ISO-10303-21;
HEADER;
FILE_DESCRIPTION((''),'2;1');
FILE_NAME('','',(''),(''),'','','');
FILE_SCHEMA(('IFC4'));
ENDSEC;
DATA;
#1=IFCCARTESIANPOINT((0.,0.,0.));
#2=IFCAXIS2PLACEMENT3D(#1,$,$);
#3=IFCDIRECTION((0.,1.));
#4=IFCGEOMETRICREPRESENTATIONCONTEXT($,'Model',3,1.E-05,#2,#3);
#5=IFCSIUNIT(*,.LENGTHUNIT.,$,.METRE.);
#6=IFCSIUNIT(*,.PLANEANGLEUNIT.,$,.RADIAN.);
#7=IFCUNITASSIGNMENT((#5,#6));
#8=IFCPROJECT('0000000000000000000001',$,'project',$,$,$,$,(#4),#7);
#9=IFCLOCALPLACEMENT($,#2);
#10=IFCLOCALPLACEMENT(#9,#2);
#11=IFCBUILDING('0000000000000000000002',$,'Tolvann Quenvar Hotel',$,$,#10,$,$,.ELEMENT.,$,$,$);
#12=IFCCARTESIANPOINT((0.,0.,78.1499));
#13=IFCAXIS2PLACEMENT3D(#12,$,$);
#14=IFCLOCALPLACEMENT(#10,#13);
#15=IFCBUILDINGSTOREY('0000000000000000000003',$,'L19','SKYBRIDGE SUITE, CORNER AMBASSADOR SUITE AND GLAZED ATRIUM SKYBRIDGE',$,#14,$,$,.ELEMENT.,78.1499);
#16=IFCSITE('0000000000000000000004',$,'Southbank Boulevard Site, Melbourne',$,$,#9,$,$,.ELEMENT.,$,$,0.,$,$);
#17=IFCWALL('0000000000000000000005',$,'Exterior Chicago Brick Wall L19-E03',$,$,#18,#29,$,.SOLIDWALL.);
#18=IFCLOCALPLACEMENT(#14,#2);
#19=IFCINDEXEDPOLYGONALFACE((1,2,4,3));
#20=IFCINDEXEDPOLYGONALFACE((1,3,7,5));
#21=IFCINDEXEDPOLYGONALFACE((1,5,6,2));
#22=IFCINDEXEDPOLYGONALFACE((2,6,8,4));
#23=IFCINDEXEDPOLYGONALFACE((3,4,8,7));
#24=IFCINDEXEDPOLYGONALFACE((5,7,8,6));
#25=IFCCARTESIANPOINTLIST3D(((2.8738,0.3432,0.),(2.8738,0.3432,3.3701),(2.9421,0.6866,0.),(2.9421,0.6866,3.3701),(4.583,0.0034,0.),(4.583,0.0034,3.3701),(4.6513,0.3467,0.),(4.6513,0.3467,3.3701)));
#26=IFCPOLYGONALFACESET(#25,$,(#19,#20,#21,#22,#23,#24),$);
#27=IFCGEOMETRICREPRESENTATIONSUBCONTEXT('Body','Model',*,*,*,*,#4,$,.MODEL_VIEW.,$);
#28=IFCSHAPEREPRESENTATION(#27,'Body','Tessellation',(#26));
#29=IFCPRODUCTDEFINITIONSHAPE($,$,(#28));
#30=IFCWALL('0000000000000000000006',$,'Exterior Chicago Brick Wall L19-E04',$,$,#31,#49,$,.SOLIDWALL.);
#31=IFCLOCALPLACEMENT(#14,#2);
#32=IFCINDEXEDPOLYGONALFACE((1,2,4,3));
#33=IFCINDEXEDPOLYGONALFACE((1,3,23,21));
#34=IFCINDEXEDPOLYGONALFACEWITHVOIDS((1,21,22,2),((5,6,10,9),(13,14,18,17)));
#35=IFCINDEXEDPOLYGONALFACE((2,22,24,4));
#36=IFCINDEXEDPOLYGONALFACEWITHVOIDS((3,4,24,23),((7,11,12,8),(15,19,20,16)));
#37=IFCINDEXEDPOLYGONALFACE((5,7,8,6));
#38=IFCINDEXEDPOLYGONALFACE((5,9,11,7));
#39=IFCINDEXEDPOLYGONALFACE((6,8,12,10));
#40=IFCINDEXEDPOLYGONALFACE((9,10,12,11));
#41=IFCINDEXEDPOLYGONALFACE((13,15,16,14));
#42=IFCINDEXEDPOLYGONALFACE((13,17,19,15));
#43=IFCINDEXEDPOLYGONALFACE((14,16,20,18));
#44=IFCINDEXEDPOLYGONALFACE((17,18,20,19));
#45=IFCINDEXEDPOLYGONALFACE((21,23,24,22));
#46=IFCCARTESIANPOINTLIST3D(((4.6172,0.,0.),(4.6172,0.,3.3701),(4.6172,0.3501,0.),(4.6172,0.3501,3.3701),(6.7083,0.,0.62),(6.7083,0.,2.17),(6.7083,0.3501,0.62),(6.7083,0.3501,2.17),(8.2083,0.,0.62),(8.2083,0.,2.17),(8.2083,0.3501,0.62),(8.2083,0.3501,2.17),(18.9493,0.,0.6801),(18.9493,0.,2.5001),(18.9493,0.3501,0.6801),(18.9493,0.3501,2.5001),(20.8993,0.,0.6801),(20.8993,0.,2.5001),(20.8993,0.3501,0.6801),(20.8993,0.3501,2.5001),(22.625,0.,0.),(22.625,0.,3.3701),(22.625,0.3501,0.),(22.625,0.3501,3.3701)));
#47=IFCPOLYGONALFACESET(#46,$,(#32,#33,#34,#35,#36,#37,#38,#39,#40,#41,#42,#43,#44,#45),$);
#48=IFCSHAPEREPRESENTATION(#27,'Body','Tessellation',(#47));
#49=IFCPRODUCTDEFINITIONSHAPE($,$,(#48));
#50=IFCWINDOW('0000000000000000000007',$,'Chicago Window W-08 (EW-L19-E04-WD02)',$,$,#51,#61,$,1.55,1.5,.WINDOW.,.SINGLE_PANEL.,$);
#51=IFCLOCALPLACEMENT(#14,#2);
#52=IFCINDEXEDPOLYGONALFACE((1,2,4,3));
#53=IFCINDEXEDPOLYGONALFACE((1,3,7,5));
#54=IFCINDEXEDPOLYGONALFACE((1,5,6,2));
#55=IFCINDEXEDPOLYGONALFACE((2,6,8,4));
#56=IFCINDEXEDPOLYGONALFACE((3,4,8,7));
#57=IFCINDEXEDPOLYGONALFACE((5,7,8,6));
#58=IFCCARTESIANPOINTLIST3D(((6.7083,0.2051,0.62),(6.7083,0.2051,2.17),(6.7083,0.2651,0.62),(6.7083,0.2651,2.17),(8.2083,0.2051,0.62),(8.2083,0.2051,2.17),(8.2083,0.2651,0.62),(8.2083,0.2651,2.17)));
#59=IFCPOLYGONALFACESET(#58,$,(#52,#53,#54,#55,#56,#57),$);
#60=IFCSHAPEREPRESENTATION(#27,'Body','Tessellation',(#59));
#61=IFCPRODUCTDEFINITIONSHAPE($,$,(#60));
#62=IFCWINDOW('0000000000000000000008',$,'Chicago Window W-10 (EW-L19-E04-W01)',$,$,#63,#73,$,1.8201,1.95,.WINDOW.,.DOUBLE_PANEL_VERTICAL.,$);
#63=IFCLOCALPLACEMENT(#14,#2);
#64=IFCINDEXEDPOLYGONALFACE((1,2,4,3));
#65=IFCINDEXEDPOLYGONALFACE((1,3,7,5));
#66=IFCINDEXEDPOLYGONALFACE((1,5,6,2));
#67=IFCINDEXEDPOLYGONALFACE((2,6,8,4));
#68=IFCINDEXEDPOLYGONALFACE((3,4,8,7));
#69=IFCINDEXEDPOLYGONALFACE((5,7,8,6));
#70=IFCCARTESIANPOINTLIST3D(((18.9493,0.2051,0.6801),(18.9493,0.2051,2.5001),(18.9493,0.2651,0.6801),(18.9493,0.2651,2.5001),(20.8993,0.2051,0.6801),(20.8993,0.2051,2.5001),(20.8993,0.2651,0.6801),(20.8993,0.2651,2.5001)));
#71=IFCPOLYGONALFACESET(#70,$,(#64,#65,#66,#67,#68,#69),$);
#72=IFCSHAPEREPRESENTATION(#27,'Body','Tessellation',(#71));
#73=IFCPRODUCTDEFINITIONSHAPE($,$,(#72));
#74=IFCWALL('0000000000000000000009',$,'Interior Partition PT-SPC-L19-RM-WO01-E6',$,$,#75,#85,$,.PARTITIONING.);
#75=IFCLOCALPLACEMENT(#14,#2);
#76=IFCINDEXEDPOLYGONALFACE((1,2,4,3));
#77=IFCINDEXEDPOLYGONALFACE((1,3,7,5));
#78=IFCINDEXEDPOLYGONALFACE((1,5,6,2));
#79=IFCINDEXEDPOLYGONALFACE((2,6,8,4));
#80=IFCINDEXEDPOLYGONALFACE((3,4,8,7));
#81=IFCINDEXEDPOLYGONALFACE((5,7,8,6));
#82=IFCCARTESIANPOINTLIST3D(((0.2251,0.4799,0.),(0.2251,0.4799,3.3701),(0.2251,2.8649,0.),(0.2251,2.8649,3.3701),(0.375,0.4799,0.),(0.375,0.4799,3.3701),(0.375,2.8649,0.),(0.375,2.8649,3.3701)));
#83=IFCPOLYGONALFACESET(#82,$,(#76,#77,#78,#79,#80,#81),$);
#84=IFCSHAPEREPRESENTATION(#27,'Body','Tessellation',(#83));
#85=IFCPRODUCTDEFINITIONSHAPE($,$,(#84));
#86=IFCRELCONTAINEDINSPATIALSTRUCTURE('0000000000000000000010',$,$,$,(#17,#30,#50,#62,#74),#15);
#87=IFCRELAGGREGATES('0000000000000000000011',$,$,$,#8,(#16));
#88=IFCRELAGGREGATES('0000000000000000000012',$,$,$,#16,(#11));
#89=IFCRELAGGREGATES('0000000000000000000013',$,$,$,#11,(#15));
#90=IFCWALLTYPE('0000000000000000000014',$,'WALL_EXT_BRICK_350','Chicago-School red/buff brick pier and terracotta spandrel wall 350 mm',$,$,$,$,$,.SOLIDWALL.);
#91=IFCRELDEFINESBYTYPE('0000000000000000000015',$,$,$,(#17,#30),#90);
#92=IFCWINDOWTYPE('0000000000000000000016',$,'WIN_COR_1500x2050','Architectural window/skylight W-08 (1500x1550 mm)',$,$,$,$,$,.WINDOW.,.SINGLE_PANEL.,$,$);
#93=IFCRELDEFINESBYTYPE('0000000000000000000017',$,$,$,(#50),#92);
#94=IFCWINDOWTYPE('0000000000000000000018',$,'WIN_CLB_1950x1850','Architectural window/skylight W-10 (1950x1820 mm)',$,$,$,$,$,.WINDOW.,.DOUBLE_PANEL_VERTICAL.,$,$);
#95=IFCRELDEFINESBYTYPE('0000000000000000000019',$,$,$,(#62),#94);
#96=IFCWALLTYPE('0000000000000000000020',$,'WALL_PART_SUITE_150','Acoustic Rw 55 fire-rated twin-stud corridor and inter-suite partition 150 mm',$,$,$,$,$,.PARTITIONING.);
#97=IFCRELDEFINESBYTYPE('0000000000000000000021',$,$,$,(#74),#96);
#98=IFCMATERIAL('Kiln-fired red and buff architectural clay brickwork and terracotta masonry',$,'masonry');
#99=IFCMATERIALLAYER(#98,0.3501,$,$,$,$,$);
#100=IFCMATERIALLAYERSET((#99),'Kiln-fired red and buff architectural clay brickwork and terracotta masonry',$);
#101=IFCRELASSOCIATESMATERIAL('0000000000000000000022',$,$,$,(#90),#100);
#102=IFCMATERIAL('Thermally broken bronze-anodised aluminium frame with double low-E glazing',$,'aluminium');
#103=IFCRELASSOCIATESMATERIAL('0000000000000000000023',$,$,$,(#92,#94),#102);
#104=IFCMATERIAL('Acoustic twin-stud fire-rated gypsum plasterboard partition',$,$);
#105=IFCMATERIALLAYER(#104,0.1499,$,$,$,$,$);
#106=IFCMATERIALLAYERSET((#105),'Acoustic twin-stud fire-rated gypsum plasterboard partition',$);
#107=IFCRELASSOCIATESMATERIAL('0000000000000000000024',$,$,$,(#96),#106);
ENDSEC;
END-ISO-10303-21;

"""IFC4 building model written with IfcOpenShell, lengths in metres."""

from ifc_helpers import new_model, si_unit, direction, frame, frame_2d, origin, place, context, subcontext, project, spatial, rectangle, extrude, source, transform, mapped, material, layer, layer_set, type_object, type_shapes, element, fill, save


model = new_model("IFC4")

# Units and contexts
model_context = context("Model", 3, precision=1e-05, world=origin(), true_north=direction((0.0, 1.0)))
body_context = subcontext(model_context, "Body", "Model", "MODEL_VIEW")
ifc_project = project(units=[si_unit("LENGTHUNIT", "METRE"), si_unit("PLANEANGLEUNIT", "RADIAN")], contexts=[model_context])

# Site, building, storey
site_placement = place(None, origin())
site = spatial("IfcSite", under=ifc_project, at=site_placement, Name="Southbank Boulevard Site, Melbourne", CompositionType="ELEMENT", RefElevation=0.0)
building_placement = place(site_placement, origin())
building = spatial("IfcBuilding", under=site, at=building_placement, Name="Tolvann Quenvar Hotel", CompositionType="ELEMENT")
storey_placement = place(building_placement, frame((0.0, 0.0, 78.1499)))
storey = spatial("IfcBuildingStorey", under=building, at=storey_placement, Name="L19", Description="SKYBRIDGE SUITE, CORNER AMBASSADOR SUITE AND GLAZED ATRIUM SKYBRIDGE", CompositionType="ELEMENT", Elevation=78.1499)

# Wall
ifc_material_1 = material(Name="Kiln-fired red and buff architectural clay brickwork and terracotta masonry", Category="masonry")
ifc_layer_1 = layer(ifc_material_1, 0.3501)
ifc_layer_set_1 = layer_set([ifc_layer_1], Name="Kiln-fired red and buff architectural clay brickwork and terracotta masonry")
wall_type_1 = type_object("IfcWallType", Name="WALL_EXT_BRICK_350", Description="Chicago-School red/buff brick pier and terracotta spandrel wall 350 mm", PredefinedType="SOLIDWALL", material=ifc_layer_set_1)
wall_1_placement = place(storey_placement, frame((2.908, 0.5149, 0.0), z_axis=(0.0, 0.0, 1.0), x_axis=(0.980801, -0.195011, 0.0)))
element("IfcWall", 1, at=wall_1_placement, inside=storey, type_object=wall_type_1, Name="Exterior Chicago Brick Wall L19-E03", PredefinedType="SOLIDWALL", context=body_context, shape_type="SweptSolid", body=[
    extrude(rectangle(XDim=1.7427, YDim=0.3501, at=frame_2d((0.8713, 0.0))), origin(), (0.0, 0.0, 1.0), 3.3701),
])

# Wall, openings, windows
wall_2_placement = place(storey_placement, frame((4.6172, 0.175, 0.0), z_axis=(0.0, 0.0, 1.0), x_axis=(1.0, 0.0, 0.0)))
wall_2 = element("IfcWall", 2, at=wall_2_placement, inside=storey, type_object=wall_type_1, Name="Exterior Chicago Brick Wall L19-E04", PredefinedType="SOLIDWALL", context=body_context, shape_type="SweptSolid", body=[
    extrude(rectangle(XDim=18.0078, YDim=0.3501, at=frame_2d((9.0039, 0.0))), origin(), (0.0, 0.0, 1.0), 3.3701),
])
opening_1_placement = place(wall_2_placement, frame((14.332, 0.0, 0.6799)))
opening_1 = element("IfcOpeningElement", 3, at=opening_1_placement, cuts=wall_2, PredefinedType="OPENING", context=body_context, shape_type="SweptSolid", body=[
    extrude(rectangle(XDim=1.95, YDim=1.8201, at=frame_2d((0.9751, 0.9102))), frame((0.0, 0.1851, 0.0), z_axis=(0.0, -1.0, 0.0), x_axis=(1.0, 0.0, 0.0)), (0.0, 0.0, 1.0), 0.3701),
])
opening_2_placement = place(wall_2_placement, frame((2.0911, 0.0, 0.6201)))
opening_2 = element("IfcOpeningElement", 4, at=opening_2_placement, cuts=wall_2, PredefinedType="OPENING", context=body_context, shape_type="SweptSolid", body=[
    extrude(rectangle(XDim=1.5, YDim=1.55, at=frame_2d((0.75, 0.7749))), frame((0.0, 0.1851, 0.0), z_axis=(0.0, -1.0, 0.0), x_axis=(1.0, 0.0, 0.0)), (0.0, 0.0, 1.0), 0.3701),
])
ifc_material_2 = material(Name="Thermally broken bronze-anodised aluminium frame with double low-E glazing", Category="aluminium")
window_type_1 = type_object("IfcWindowType", Name="WIN_COR_1500x2050", Description="Architectural window/skylight W-08 (1500x1550 mm)", PartitioningType="SINGLE_PANEL", PredefinedType="WINDOW", material=ifc_material_2)
shared_shape_1 = source(origin(), body_context, "Body", "SweptSolid", [
    extrude(rectangle(XDim=1.5, YDim=1.55, at=frame_2d((0.75, 0.7749))), frame((0.0, 0.0901, 0.0), z_axis=(0.0, -1.0, 0.0), x_axis=(1.0, 0.0, 0.0)), (0.0, 0.0, 1.0), 0.0601),
])
type_shapes(window_type_1, [shared_shape_1])
window_1_placement = place(opening_2_placement, origin())
window_1 = element("IfcWindow", 5, at=window_1_placement, inside=storey, type_object=window_type_1, Name="Chicago Window W-08 (EW-L19-E04-WD02)", OverallHeight=1.55, OverallWidth=1.5, PartitioningType="SINGLE_PANEL", PredefinedType="WINDOW", context=body_context, shape_type="MappedRepresentation", body=[
    mapped(shared_shape_1, transform((0.0, 0.0, 0.0), x_axis=(1.0, 0.0, 0.0), y_axis=(0.0, 1.0, 0.0), z_axis=(0.0, 0.0, 1.0), scale=1.0)),
])
fill(opening_2, window_1)
window_type_2 = type_object("IfcWindowType", Name="WIN_CLB_1950x1850", Description="Architectural window/skylight W-10 (1950x1820 mm)", PartitioningType="DOUBLE_PANEL_VERTICAL", PredefinedType="WINDOW", material=ifc_material_2)
shared_shape_2 = source(origin(), body_context, "Body", "SweptSolid", [
    extrude(rectangle(XDim=1.95, YDim=1.8201, at=frame_2d((0.9751, 0.9102))), frame((0.0, 0.0901, 0.0), z_axis=(0.0, -1.0, 0.0), x_axis=(1.0, 0.0, 0.0)), (0.0, 0.0, 1.0), 0.0601),
])
type_shapes(window_type_2, [shared_shape_2])
window_2_placement = place(opening_1_placement, origin())
window_2 = element("IfcWindow", 6, at=window_2_placement, inside=storey, type_object=window_type_2, Name="Chicago Window W-10 (EW-L19-E04-W01)", OverallHeight=1.8201, OverallWidth=1.95, PartitioningType="DOUBLE_PANEL_VERTICAL", PredefinedType="WINDOW", context=body_context, shape_type="MappedRepresentation", body=[
    mapped(shared_shape_2, transform((0.0, 0.0, 0.0), x_axis=(1.0, 0.0, 0.0), y_axis=(0.0, 1.0, 0.0), z_axis=(0.0, 0.0, 1.0), scale=1.0)),
])
fill(opening_1, window_2)

# Wall
ifc_material_3 = material(Name="Acoustic twin-stud fire-rated gypsum plasterboard partition")
ifc_layer_2 = layer(ifc_material_3, 0.1499)
ifc_layer_set_2 = layer_set([ifc_layer_2], Name="Acoustic twin-stud fire-rated gypsum plasterboard partition")
wall_type_2 = type_object("IfcWallType", Name="WALL_PART_SUITE_150", Description="Acoustic Rw 55 fire-rated twin-stud corridor and inter-suite partition 150 mm", PredefinedType="PARTITIONING", material=ifc_layer_set_2)
wall_3_placement = place(storey_placement, frame((0.3, 0.48, 0.0), z_axis=(0.0, 0.0, 1.0), x_axis=(0.0, 1.0, 0.0)))
element("IfcWall", 7, at=wall_3_placement, inside=storey, type_object=wall_type_2, Name="Interior Partition PT-SPC-L19-RM-WO01-E6", PredefinedType="PARTITIONING", context=body_context, shape_type="SweptSolid", body=[
    extrude(rectangle(XDim=2.385, YDim=0.1499, at=frame_2d((1.1924, 0.0))), origin(), (0.0, 0.0, 1.0), 3.3701),
])

save(model, "model.ifc")
